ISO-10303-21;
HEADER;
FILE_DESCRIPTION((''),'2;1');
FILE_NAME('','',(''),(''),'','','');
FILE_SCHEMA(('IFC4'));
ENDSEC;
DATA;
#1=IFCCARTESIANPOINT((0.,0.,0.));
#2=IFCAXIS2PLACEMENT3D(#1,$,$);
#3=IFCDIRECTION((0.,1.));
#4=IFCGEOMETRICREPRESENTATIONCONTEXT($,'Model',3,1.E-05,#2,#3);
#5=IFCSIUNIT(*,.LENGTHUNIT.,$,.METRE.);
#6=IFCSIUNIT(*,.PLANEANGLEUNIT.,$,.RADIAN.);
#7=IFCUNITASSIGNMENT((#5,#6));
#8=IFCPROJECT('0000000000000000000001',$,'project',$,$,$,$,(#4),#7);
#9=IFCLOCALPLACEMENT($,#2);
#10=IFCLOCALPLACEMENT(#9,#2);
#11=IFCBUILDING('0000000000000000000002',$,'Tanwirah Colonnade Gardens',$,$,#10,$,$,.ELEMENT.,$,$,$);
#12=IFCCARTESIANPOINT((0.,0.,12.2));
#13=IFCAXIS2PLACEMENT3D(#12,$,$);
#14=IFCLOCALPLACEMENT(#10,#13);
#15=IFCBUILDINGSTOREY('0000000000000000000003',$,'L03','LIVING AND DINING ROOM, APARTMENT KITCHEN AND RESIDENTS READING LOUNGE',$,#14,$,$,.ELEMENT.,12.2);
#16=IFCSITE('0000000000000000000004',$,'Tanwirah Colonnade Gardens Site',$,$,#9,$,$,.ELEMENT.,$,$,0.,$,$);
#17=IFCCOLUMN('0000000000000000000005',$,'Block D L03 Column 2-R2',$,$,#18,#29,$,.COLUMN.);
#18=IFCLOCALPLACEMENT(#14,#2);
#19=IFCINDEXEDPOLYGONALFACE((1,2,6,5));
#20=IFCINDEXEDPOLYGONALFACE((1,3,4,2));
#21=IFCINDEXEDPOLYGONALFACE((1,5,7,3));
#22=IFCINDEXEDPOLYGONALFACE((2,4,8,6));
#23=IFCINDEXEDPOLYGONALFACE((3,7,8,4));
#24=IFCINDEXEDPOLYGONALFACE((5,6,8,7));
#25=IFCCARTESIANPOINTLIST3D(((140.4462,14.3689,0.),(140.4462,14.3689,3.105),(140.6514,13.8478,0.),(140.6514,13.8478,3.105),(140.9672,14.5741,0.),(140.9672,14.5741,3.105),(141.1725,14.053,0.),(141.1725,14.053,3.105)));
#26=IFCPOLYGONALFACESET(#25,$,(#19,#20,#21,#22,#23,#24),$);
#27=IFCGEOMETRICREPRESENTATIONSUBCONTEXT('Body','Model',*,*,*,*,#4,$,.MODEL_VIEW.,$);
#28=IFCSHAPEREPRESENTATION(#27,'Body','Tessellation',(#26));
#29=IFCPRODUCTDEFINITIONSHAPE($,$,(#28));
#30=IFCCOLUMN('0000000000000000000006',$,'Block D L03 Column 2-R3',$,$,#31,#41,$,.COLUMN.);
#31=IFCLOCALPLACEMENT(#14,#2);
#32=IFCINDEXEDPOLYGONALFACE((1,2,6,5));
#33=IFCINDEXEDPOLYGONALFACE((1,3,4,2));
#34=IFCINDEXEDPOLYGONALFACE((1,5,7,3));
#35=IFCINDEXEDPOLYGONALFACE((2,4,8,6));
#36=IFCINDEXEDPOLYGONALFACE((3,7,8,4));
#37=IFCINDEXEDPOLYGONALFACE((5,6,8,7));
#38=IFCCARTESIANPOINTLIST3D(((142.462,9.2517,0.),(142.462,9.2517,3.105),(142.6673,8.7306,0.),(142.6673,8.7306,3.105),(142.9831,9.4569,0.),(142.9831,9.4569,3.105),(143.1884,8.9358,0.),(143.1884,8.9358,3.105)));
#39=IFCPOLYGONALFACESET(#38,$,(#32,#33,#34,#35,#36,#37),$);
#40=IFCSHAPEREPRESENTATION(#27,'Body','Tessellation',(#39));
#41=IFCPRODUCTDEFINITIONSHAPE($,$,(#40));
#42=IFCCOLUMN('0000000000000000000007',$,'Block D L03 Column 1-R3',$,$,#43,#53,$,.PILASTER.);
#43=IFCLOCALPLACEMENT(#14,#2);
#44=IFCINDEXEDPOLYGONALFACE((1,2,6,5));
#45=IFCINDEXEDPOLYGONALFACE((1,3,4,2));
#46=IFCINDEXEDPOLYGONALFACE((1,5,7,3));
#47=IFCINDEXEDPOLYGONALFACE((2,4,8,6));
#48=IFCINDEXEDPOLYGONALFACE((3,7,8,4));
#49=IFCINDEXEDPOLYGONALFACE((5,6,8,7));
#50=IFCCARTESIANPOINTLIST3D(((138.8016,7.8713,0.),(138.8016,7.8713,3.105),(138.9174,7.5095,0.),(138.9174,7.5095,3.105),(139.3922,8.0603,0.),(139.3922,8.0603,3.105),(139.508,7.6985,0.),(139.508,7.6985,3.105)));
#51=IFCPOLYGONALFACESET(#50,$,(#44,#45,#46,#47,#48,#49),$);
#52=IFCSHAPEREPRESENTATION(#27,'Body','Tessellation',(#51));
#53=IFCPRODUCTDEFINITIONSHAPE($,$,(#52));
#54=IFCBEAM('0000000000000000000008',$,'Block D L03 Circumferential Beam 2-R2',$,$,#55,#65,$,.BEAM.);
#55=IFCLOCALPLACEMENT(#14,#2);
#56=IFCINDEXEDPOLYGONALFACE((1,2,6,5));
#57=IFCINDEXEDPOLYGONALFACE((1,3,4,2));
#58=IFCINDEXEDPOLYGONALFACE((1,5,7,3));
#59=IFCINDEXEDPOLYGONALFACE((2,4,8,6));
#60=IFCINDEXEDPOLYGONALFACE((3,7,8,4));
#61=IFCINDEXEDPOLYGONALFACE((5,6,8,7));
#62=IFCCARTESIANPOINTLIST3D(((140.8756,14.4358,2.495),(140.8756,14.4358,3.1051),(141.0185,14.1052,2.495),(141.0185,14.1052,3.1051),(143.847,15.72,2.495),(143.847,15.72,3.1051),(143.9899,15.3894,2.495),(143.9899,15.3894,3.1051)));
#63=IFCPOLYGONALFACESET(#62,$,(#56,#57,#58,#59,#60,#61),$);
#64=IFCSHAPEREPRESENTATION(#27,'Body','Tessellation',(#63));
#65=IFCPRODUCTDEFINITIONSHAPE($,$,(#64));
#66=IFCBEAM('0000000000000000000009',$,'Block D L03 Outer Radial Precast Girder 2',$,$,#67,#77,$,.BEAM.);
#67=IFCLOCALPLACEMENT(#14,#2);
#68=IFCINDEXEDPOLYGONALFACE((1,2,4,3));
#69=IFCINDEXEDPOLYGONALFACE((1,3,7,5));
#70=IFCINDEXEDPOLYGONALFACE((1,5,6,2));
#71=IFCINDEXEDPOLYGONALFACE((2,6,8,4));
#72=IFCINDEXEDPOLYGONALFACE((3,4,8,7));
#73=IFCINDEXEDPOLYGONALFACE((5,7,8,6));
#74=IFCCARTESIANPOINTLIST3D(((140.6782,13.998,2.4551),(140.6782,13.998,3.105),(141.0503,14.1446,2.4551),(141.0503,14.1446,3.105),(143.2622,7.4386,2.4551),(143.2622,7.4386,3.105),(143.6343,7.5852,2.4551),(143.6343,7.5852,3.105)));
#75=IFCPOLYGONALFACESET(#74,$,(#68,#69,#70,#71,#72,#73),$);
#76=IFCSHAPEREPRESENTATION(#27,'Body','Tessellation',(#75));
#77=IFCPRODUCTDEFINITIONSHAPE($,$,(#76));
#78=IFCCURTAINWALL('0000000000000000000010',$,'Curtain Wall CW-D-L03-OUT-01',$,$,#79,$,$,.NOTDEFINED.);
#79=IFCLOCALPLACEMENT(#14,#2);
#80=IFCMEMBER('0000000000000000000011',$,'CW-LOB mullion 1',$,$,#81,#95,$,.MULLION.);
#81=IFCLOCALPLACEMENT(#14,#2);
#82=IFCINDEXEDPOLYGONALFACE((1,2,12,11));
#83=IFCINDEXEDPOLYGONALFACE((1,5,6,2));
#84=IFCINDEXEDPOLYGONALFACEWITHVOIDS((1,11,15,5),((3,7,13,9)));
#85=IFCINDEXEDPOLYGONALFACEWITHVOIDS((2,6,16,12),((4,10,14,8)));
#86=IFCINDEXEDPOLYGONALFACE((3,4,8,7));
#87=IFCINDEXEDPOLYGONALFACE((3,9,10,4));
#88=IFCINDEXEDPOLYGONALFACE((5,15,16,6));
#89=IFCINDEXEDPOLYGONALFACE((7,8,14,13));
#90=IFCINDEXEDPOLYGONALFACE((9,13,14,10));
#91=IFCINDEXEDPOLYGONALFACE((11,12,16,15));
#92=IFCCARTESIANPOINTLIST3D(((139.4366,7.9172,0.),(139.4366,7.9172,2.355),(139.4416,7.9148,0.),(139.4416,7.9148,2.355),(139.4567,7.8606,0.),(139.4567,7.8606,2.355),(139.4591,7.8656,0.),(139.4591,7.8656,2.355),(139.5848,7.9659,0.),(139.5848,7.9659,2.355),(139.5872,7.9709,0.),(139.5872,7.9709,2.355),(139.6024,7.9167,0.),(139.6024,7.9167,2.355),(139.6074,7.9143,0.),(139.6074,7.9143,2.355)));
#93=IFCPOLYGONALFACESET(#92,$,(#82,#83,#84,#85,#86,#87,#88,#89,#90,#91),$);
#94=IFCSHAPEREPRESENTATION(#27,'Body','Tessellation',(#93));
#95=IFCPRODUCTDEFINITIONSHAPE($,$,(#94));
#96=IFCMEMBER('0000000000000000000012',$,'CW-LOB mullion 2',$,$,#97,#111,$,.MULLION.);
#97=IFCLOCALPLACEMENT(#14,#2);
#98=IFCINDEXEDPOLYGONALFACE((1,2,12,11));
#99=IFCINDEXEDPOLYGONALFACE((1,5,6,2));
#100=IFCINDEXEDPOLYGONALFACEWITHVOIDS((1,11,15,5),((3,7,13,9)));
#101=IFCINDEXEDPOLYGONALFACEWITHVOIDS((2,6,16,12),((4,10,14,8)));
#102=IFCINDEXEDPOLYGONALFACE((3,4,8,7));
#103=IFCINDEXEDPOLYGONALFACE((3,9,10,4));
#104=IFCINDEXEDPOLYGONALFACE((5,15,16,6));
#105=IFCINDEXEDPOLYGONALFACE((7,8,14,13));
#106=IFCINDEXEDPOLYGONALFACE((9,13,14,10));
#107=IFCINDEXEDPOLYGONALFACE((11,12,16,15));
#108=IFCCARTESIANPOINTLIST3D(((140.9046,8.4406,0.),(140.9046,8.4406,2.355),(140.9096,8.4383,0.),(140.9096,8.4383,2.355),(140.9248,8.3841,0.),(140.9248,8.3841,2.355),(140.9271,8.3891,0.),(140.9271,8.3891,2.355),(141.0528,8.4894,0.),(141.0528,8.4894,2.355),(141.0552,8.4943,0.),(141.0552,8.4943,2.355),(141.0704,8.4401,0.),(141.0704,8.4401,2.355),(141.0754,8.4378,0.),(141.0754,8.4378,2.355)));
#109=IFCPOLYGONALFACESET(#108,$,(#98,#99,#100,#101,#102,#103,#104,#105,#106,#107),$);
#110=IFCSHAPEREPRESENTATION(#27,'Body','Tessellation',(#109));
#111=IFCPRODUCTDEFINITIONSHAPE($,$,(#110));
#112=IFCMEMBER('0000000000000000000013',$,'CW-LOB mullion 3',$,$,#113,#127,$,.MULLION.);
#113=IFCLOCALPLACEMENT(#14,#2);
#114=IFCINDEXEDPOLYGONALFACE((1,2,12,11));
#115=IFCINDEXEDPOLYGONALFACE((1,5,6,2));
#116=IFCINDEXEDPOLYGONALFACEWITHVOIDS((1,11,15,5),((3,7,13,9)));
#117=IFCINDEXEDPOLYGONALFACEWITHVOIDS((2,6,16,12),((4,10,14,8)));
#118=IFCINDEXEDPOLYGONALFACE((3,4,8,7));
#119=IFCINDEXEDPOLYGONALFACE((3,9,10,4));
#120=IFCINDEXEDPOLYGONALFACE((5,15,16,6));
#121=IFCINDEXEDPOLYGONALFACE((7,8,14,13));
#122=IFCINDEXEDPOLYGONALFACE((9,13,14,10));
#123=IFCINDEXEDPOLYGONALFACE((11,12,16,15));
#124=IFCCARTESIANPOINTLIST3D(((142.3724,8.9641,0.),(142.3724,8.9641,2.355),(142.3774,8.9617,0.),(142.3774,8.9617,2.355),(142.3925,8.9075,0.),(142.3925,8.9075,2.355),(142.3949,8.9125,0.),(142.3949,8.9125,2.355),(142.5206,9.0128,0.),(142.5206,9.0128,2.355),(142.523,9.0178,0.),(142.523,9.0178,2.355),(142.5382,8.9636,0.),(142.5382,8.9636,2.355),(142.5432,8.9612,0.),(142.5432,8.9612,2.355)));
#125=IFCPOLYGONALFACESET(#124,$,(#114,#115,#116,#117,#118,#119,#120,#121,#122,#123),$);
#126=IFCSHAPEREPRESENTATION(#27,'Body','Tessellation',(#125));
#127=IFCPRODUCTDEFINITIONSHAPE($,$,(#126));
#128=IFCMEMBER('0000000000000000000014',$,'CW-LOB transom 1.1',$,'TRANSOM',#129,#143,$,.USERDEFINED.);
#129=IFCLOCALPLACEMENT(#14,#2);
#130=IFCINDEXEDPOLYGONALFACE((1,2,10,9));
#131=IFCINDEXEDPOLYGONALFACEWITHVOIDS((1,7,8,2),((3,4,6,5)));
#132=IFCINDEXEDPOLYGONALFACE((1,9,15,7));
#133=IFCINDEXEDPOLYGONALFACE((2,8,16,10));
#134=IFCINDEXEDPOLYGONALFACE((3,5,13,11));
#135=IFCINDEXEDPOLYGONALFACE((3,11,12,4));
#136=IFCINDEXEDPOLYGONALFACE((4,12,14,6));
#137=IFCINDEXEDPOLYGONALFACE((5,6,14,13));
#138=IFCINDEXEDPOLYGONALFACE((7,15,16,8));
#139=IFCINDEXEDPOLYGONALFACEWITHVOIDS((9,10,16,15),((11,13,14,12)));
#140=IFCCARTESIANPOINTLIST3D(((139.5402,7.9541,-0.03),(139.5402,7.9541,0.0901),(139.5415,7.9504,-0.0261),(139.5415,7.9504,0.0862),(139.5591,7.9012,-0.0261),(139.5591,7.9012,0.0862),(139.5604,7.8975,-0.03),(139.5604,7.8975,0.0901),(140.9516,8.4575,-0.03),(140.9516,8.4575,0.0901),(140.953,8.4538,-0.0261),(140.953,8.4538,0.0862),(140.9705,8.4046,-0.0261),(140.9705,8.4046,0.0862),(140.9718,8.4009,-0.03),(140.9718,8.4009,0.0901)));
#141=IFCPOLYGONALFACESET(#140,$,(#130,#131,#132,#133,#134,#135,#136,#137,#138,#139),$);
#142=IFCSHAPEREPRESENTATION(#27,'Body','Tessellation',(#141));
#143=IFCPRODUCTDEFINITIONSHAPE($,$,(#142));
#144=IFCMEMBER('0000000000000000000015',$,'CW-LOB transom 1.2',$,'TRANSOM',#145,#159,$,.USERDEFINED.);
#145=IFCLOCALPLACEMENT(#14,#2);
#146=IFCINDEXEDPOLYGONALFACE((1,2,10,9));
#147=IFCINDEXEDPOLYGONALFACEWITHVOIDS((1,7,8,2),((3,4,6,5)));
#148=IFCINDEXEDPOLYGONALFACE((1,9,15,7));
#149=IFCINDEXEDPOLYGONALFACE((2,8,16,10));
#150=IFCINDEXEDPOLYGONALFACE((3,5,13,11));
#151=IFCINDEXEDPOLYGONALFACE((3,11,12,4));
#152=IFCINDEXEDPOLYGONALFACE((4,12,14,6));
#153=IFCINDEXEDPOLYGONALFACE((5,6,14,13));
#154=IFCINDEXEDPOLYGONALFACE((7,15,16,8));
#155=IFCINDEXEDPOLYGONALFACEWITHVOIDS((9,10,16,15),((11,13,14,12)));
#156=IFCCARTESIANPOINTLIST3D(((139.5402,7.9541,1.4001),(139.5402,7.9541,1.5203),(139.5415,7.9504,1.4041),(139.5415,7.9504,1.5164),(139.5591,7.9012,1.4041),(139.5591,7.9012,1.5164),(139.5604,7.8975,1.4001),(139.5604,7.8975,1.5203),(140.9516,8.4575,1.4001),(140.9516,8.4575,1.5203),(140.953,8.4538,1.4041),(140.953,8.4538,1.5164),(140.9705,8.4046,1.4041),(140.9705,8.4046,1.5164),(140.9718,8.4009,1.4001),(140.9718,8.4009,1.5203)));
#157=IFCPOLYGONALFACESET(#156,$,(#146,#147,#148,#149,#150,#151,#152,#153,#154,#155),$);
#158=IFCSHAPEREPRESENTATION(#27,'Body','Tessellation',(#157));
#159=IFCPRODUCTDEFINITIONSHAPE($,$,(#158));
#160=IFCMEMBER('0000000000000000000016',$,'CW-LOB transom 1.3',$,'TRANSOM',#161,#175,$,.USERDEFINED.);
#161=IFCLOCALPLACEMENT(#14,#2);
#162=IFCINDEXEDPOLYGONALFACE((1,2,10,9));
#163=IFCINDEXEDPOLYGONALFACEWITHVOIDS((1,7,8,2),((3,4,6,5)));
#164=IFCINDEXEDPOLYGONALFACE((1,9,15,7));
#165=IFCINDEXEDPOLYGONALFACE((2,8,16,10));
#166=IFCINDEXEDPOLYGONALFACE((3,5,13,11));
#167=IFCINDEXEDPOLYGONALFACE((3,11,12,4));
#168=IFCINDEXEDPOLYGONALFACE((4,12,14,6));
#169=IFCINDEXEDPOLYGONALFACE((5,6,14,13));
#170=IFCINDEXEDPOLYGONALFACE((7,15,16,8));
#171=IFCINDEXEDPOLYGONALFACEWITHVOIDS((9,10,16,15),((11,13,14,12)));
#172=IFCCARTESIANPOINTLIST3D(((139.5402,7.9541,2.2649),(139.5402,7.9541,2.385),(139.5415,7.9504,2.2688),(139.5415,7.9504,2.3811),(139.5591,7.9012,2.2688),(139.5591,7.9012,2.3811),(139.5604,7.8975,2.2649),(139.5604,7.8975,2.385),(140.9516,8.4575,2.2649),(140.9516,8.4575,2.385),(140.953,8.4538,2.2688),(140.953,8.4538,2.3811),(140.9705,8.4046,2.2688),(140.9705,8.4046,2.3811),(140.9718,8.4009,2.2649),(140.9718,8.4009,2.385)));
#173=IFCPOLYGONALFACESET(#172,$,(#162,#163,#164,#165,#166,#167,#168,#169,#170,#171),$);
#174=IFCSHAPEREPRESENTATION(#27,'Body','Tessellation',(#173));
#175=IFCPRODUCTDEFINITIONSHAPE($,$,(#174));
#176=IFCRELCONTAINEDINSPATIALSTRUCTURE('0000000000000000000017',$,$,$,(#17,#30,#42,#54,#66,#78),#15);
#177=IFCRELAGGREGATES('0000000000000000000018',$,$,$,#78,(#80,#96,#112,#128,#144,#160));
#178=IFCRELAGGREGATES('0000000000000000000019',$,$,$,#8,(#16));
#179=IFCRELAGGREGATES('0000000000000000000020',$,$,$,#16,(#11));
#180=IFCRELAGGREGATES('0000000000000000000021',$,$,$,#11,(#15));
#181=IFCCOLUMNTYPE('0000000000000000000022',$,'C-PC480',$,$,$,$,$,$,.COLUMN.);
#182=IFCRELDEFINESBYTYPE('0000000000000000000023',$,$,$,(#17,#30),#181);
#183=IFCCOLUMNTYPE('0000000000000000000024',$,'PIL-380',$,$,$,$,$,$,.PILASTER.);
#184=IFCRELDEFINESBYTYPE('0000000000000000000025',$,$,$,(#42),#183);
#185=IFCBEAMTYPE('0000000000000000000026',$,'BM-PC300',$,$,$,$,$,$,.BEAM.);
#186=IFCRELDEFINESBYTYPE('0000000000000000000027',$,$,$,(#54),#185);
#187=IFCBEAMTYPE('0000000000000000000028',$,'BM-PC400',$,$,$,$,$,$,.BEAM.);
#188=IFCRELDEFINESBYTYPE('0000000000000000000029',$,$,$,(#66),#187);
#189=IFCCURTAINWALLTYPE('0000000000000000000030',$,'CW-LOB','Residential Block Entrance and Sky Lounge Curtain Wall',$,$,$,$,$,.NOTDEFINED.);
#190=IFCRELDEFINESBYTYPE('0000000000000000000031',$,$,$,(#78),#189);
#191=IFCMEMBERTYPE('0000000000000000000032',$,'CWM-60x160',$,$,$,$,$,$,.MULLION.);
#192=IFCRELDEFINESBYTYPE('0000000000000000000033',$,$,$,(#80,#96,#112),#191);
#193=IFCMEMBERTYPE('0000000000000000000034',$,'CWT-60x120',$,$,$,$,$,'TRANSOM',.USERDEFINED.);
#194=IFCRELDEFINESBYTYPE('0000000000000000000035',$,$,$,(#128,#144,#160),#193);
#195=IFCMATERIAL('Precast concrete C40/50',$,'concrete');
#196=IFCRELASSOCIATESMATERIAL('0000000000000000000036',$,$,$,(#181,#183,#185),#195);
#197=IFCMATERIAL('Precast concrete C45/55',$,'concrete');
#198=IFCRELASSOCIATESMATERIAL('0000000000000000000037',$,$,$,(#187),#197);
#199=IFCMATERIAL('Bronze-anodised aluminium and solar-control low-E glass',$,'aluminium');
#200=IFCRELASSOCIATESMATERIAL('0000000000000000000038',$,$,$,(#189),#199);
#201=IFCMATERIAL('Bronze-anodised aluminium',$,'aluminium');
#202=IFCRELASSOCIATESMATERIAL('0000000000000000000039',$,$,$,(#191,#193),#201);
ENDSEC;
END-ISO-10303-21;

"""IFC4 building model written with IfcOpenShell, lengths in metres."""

from ifc_helpers import new_model, si_unit, direction, frame, origin, origin_2d, place, context, subcontext, project, spatial, rectangle, hollow_rectangle, extrude, material, material_profile, profile_set, type_object, element, aggregate, save


model = new_model("IFC4")

# Units and contexts
model_context = context("Model", 3, precision=1e-05, world=origin(), true_north=direction((0.0, 1.0)))
body_context = subcontext(model_context, "Body", "Model", "MODEL_VIEW")
ifc_project = project(units=[si_unit("LENGTHUNIT", "METRE"), si_unit("PLANEANGLEUNIT", "RADIAN")], contexts=[model_context])

# Site, building, storey
site_placement = place(None, origin())
site = spatial("IfcSite", under=ifc_project, at=site_placement, Name="Tanwirah Colonnade Gardens Site", CompositionType="ELEMENT", RefElevation=0.0)
building_placement = place(site_placement, origin())
building = spatial("IfcBuilding", under=site, at=building_placement, Name="Tanwirah Colonnade Gardens", CompositionType="ELEMENT")
storey_placement = place(building_placement, frame((0.0, 0.0, 12.2)))
storey = spatial("IfcBuildingStorey", under=building, at=storey_placement, Name="L03", Description="LIVING AND DINING ROOM, APARTMENT KITCHEN AND RESIDENTS READING LOUNGE", CompositionType="ELEMENT", Elevation=12.2)

# Columns
ifc_material_1 = material(Name="Precast concrete C40/50", Category="concrete")
ifc_material_profile_1 = material_profile(ifc_material_1, rectangle(XDim=0.5601, YDim=0.5601, at=origin_2d()), Name="PC-COL 560x560")
ifc_profile_set_1 = profile_set([ifc_material_profile_1], Name="Precast concrete C40/50")
column_type_1 = type_object("IfcColumnType", Name="C-PC480", PredefinedType="COLUMN", material=ifc_profile_set_1)
for number, where, z_axis, x_axis, name in (
    (1, (140.8093, 14.2109, 0.0), (0.0, 0.0, 1.0), (0.366501, -0.930418, 0.0), "Block D L03 Column 2-R2"),
    (2, (142.8252, 9.0938, 0.0), (0.0, 0.0, 1.0), (0.366501, -0.930418, 0.0), "Block D L03 Column 2-R3"),
):
    element("IfcColumn", number, at=place(storey_placement, frame(where, z_axis=z_axis, x_axis=x_axis)), inside=storey, type_object=column_type_1, Name=name, PredefinedType="COLUMN", context=body_context, shape_type="SweptSolid", body=[
        extrude(rectangle(XDim=0.5601, YDim=0.5601, at=origin_2d()), origin(), (0.0, 0.0, 1.0), 3.105),
    ])
ifc_material_profile_2 = material_profile(ifc_material_1, rectangle(XDim=0.3799, YDim=0.6201, at=origin_2d()), Name="PC-PIL 380x620")
ifc_profile_set_2 = profile_set([ifc_material_profile_2], Name="Precast concrete C40/50")
column_type_2 = type_object("IfcColumnType", Name="PIL-380", PredefinedType="PILASTER", material=ifc_profile_set_2)
column_placement = place(storey_placement, frame((139.1548, 7.7849, 0.0), z_axis=(0.0, 0.0, 1.0), x_axis=(0.304864, -0.952396, 0.0)))
element("IfcColumn", 3, at=column_placement, inside=storey, type_object=column_type_2, Name="Block D L03 Column 1-R3", PredefinedType="PILASTER", context=body_context, shape_type="SweptSolid", body=[
    extrude(rectangle(XDim=0.3799, YDim=0.6201, at=origin_2d()), origin(), (0.0, 0.0, 1.0), 3.105),
])

# Beams
ifc_material_profile_3 = material_profile(ifc_material_1, rectangle(XDim=0.3601, YDim=0.6101, at=origin_2d()), Name="PC-BM 360x610")
ifc_profile_set_3 = profile_set([ifc_material_profile_3], Name="Precast concrete C40/50")
beam_type_1 = type_object("IfcBeamType", Name="BM-PC300", PredefinedType="BEAM", material=ifc_profile_set_3)
beam_1_placement = place(storey_placement, frame((140.947, 14.2705, 2.8), z_axis=(0.917943, 0.396712, 0.0), x_axis=(-0.396712, 0.917943, 0.0)))
element("IfcBeam", 4, at=beam_1_placement, inside=storey, type_object=beam_type_1, Name="Block D L03 Circumferential Beam 2-R2", PredefinedType="BEAM", context=body_context, shape_type="SweptSolid", body=[
    extrude(rectangle(XDim=0.3601, YDim=0.6101, at=origin_2d()), origin(), (0.0, 0.0, 1.0), 3.2371),
])
ifc_material_2 = material(Name="Precast concrete C45/55", Category="concrete")
ifc_material_profile_4 = material_profile(ifc_material_2, rectangle(XDim=0.3999, YDim=0.6499, at=origin_2d()), Name="PC-BM 400x650")
ifc_profile_set_4 = profile_set([ifc_material_profile_4], Name="Precast concrete C45/55")
beam_type_2 = type_object("IfcBeamType", Name="BM-PC400", PredefinedType="BEAM", material=ifc_profile_set_4)
beam_2_placement = place(storey_placement, frame((140.8643, 14.0713, 2.78), z_axis=(0.366525, -0.930408, 0.0), x_axis=(0.930408, 0.366525, 0.0)))
element("IfcBeam", 5, at=beam_2_placement, inside=storey, type_object=beam_type_2, Name="Block D L03 Outer Radial Precast Girder 2", PredefinedType="BEAM", context=body_context, shape_type="SweptSolid", body=[
    extrude(rectangle(XDim=0.3999, YDim=0.6499, at=origin_2d()), origin(), (0.0, 0.0, 1.0), 7.05),
])

# Curtain wall, members
ifc_material_3 = material(Name="Bronze-anodised aluminium and solar-control low-E glass", Category="aluminium")
curtain_wall_type = type_object("IfcCurtainWallType", Name="CW-LOB", Description="Residential Block Entrance and Sky Lounge Curtain Wall", PredefinedType="NOTDEFINED", material=ifc_material_3)
curtain_wall_placement = place(storey_placement, origin())
curtain_wall = element("IfcCurtainWall", 6, at=curtain_wall_placement, inside=storey, type_object=curtain_wall_type, Name="Curtain Wall CW-D-L03-OUT-01", PredefinedType="NOTDEFINED")
ifc_material_4 = material(Name="Bronze-anodised aluminium", Category="aluminium")
ifc_material_profile_5 = material_profile(ifc_material_4, hollow_rectangle(XDim=0.0601, YDim=0.1599, WallThickness=0.0039, at=origin_2d()), Name="CW-MUL 60x160x4")
ifc_profile_set_5 = profile_set([ifc_material_profile_5], Name="Bronze-anodised aluminium")
member_type_1 = type_object("IfcMemberType", Name="CWM-60x160", PredefinedType="MULLION", material=ifc_profile_set_5)
member_1_placement = place(storey_placement, frame((139.522, 7.9158, 0.0), z_axis=(0.0, 0.0, 1.0), x_axis=(-0.335862, 0.941911, 0.0)))
member_1 = element("IfcMember", 7, at=member_1_placement, type_object=member_type_1, Name="CW-LOB mullion 1", PredefinedType="MULLION", context=body_context, shape_type="SweptSolid", body=[
    extrude(hollow_rectangle(XDim=0.0601, YDim=0.1599, WallThickness=0.0039, at=origin_2d()), origin(), (0.0, 0.0, 1.0), 2.355),
])
member_2_placement = place(storey_placement, frame((140.99, 8.4392, 0.0), z_axis=(0.0, 0.0, 1.0), x_axis=(-0.335862, 0.941911, 0.0)))
member_2 = element("IfcMember", 8, at=member_2_placement, type_object=member_type_1, Name="CW-LOB mullion 2", PredefinedType="MULLION", context=body_context, shape_type="SweptSolid", body=[
    extrude(hollow_rectangle(XDim=0.0601, YDim=0.1599, WallThickness=0.0039, at=origin_2d()), origin(), (0.0, 0.0, 1.0), 2.355),
])
member_3_placement = place(storey_placement, frame((142.4578, 8.9626, 0.0), z_axis=(0.0, 0.0, 1.0), x_axis=(-0.335862, 0.941911, 0.0)))
member_3 = element("IfcMember", 9, at=member_3_placement, type_object=member_type_1, Name="CW-LOB mullion 3", PredefinedType="MULLION", context=body_context, shape_type="SweptSolid", body=[
    extrude(hollow_rectangle(XDim=0.0601, YDim=0.1599, WallThickness=0.0039, at=origin_2d()), origin(), (0.0, 0.0, 1.0), 2.355),
])
ifc_material_profile_6 = material_profile(ifc_material_4, hollow_rectangle(XDim=0.0601, YDim=0.1201, WallThickness=0.0039, at=origin_2d()), Name="CW-TRN 60x120x4")
ifc_profile_set_6 = profile_set([ifc_material_profile_6], Name="Bronze-anodised aluminium")
member_type_2 = type_object("IfcMemberType", Name="CWT-60x120", ElementType="TRANSOM", PredefinedType="USERDEFINED", material=ifc_profile_set_6)
member_4_placement = place(storey_placement, frame((139.5503, 7.9258, 0.03), z_axis=(0.941878, 0.335954, 0.0), x_axis=(-0.335954, 0.941878, 0.0)))
member_4 = element("IfcMember", 10, at=member_4_placement, type_object=member_type_2, Name="CW-LOB transom 1.1", ObjectType="TRANSOM", PredefinedType="USERDEFINED", context=body_context, shape_type="SweptSolid", body=[
    extrude(hollow_rectangle(XDim=0.0601, YDim=0.1201, WallThickness=0.0039, at=origin_2d()), origin(), (0.0, 0.0, 1.0), 1.4985),
])
member_5_placement = place(storey_placement, frame((139.5503, 7.9258, 1.4602), z_axis=(0.941878, 0.335954, 0.0), x_axis=(-0.335954, 0.941878, 0.0)))
member_5 = element("IfcMember", 11, at=member_5_placement, type_object=member_type_2, Name="CW-LOB transom 1.2", ObjectType="TRANSOM", PredefinedType="USERDEFINED", context=body_context, shape_type="SweptSolid", body=[
    extrude(hollow_rectangle(XDim=0.0601, YDim=0.1201, WallThickness=0.0039, at=origin_2d()), origin(), (0.0, 0.0, 1.0), 1.4985),
])
member_6_placement = place(storey_placement, frame((139.5503, 7.9258, 2.325), z_axis=(0.941878, 0.335954, 0.0), x_axis=(-0.335954, 0.941878, 0.0)))
member_6 = element("IfcMember", 12, at=member_6_placement, type_object=member_type_2, Name="CW-LOB transom 1.3", ObjectType="TRANSOM", PredefinedType="USERDEFINED", context=body_context, shape_type="SweptSolid", body=[
    extrude(hollow_rectangle(XDim=0.0601, YDim=0.1201, WallThickness=0.0039, at=origin_2d()), origin(), (0.0, 0.0, 1.0), 1.4985),
])

aggregate(curtain_wall, [member_1, member_2, member_3, member_4, member_5, member_6])

save(model, "model.ifc")
